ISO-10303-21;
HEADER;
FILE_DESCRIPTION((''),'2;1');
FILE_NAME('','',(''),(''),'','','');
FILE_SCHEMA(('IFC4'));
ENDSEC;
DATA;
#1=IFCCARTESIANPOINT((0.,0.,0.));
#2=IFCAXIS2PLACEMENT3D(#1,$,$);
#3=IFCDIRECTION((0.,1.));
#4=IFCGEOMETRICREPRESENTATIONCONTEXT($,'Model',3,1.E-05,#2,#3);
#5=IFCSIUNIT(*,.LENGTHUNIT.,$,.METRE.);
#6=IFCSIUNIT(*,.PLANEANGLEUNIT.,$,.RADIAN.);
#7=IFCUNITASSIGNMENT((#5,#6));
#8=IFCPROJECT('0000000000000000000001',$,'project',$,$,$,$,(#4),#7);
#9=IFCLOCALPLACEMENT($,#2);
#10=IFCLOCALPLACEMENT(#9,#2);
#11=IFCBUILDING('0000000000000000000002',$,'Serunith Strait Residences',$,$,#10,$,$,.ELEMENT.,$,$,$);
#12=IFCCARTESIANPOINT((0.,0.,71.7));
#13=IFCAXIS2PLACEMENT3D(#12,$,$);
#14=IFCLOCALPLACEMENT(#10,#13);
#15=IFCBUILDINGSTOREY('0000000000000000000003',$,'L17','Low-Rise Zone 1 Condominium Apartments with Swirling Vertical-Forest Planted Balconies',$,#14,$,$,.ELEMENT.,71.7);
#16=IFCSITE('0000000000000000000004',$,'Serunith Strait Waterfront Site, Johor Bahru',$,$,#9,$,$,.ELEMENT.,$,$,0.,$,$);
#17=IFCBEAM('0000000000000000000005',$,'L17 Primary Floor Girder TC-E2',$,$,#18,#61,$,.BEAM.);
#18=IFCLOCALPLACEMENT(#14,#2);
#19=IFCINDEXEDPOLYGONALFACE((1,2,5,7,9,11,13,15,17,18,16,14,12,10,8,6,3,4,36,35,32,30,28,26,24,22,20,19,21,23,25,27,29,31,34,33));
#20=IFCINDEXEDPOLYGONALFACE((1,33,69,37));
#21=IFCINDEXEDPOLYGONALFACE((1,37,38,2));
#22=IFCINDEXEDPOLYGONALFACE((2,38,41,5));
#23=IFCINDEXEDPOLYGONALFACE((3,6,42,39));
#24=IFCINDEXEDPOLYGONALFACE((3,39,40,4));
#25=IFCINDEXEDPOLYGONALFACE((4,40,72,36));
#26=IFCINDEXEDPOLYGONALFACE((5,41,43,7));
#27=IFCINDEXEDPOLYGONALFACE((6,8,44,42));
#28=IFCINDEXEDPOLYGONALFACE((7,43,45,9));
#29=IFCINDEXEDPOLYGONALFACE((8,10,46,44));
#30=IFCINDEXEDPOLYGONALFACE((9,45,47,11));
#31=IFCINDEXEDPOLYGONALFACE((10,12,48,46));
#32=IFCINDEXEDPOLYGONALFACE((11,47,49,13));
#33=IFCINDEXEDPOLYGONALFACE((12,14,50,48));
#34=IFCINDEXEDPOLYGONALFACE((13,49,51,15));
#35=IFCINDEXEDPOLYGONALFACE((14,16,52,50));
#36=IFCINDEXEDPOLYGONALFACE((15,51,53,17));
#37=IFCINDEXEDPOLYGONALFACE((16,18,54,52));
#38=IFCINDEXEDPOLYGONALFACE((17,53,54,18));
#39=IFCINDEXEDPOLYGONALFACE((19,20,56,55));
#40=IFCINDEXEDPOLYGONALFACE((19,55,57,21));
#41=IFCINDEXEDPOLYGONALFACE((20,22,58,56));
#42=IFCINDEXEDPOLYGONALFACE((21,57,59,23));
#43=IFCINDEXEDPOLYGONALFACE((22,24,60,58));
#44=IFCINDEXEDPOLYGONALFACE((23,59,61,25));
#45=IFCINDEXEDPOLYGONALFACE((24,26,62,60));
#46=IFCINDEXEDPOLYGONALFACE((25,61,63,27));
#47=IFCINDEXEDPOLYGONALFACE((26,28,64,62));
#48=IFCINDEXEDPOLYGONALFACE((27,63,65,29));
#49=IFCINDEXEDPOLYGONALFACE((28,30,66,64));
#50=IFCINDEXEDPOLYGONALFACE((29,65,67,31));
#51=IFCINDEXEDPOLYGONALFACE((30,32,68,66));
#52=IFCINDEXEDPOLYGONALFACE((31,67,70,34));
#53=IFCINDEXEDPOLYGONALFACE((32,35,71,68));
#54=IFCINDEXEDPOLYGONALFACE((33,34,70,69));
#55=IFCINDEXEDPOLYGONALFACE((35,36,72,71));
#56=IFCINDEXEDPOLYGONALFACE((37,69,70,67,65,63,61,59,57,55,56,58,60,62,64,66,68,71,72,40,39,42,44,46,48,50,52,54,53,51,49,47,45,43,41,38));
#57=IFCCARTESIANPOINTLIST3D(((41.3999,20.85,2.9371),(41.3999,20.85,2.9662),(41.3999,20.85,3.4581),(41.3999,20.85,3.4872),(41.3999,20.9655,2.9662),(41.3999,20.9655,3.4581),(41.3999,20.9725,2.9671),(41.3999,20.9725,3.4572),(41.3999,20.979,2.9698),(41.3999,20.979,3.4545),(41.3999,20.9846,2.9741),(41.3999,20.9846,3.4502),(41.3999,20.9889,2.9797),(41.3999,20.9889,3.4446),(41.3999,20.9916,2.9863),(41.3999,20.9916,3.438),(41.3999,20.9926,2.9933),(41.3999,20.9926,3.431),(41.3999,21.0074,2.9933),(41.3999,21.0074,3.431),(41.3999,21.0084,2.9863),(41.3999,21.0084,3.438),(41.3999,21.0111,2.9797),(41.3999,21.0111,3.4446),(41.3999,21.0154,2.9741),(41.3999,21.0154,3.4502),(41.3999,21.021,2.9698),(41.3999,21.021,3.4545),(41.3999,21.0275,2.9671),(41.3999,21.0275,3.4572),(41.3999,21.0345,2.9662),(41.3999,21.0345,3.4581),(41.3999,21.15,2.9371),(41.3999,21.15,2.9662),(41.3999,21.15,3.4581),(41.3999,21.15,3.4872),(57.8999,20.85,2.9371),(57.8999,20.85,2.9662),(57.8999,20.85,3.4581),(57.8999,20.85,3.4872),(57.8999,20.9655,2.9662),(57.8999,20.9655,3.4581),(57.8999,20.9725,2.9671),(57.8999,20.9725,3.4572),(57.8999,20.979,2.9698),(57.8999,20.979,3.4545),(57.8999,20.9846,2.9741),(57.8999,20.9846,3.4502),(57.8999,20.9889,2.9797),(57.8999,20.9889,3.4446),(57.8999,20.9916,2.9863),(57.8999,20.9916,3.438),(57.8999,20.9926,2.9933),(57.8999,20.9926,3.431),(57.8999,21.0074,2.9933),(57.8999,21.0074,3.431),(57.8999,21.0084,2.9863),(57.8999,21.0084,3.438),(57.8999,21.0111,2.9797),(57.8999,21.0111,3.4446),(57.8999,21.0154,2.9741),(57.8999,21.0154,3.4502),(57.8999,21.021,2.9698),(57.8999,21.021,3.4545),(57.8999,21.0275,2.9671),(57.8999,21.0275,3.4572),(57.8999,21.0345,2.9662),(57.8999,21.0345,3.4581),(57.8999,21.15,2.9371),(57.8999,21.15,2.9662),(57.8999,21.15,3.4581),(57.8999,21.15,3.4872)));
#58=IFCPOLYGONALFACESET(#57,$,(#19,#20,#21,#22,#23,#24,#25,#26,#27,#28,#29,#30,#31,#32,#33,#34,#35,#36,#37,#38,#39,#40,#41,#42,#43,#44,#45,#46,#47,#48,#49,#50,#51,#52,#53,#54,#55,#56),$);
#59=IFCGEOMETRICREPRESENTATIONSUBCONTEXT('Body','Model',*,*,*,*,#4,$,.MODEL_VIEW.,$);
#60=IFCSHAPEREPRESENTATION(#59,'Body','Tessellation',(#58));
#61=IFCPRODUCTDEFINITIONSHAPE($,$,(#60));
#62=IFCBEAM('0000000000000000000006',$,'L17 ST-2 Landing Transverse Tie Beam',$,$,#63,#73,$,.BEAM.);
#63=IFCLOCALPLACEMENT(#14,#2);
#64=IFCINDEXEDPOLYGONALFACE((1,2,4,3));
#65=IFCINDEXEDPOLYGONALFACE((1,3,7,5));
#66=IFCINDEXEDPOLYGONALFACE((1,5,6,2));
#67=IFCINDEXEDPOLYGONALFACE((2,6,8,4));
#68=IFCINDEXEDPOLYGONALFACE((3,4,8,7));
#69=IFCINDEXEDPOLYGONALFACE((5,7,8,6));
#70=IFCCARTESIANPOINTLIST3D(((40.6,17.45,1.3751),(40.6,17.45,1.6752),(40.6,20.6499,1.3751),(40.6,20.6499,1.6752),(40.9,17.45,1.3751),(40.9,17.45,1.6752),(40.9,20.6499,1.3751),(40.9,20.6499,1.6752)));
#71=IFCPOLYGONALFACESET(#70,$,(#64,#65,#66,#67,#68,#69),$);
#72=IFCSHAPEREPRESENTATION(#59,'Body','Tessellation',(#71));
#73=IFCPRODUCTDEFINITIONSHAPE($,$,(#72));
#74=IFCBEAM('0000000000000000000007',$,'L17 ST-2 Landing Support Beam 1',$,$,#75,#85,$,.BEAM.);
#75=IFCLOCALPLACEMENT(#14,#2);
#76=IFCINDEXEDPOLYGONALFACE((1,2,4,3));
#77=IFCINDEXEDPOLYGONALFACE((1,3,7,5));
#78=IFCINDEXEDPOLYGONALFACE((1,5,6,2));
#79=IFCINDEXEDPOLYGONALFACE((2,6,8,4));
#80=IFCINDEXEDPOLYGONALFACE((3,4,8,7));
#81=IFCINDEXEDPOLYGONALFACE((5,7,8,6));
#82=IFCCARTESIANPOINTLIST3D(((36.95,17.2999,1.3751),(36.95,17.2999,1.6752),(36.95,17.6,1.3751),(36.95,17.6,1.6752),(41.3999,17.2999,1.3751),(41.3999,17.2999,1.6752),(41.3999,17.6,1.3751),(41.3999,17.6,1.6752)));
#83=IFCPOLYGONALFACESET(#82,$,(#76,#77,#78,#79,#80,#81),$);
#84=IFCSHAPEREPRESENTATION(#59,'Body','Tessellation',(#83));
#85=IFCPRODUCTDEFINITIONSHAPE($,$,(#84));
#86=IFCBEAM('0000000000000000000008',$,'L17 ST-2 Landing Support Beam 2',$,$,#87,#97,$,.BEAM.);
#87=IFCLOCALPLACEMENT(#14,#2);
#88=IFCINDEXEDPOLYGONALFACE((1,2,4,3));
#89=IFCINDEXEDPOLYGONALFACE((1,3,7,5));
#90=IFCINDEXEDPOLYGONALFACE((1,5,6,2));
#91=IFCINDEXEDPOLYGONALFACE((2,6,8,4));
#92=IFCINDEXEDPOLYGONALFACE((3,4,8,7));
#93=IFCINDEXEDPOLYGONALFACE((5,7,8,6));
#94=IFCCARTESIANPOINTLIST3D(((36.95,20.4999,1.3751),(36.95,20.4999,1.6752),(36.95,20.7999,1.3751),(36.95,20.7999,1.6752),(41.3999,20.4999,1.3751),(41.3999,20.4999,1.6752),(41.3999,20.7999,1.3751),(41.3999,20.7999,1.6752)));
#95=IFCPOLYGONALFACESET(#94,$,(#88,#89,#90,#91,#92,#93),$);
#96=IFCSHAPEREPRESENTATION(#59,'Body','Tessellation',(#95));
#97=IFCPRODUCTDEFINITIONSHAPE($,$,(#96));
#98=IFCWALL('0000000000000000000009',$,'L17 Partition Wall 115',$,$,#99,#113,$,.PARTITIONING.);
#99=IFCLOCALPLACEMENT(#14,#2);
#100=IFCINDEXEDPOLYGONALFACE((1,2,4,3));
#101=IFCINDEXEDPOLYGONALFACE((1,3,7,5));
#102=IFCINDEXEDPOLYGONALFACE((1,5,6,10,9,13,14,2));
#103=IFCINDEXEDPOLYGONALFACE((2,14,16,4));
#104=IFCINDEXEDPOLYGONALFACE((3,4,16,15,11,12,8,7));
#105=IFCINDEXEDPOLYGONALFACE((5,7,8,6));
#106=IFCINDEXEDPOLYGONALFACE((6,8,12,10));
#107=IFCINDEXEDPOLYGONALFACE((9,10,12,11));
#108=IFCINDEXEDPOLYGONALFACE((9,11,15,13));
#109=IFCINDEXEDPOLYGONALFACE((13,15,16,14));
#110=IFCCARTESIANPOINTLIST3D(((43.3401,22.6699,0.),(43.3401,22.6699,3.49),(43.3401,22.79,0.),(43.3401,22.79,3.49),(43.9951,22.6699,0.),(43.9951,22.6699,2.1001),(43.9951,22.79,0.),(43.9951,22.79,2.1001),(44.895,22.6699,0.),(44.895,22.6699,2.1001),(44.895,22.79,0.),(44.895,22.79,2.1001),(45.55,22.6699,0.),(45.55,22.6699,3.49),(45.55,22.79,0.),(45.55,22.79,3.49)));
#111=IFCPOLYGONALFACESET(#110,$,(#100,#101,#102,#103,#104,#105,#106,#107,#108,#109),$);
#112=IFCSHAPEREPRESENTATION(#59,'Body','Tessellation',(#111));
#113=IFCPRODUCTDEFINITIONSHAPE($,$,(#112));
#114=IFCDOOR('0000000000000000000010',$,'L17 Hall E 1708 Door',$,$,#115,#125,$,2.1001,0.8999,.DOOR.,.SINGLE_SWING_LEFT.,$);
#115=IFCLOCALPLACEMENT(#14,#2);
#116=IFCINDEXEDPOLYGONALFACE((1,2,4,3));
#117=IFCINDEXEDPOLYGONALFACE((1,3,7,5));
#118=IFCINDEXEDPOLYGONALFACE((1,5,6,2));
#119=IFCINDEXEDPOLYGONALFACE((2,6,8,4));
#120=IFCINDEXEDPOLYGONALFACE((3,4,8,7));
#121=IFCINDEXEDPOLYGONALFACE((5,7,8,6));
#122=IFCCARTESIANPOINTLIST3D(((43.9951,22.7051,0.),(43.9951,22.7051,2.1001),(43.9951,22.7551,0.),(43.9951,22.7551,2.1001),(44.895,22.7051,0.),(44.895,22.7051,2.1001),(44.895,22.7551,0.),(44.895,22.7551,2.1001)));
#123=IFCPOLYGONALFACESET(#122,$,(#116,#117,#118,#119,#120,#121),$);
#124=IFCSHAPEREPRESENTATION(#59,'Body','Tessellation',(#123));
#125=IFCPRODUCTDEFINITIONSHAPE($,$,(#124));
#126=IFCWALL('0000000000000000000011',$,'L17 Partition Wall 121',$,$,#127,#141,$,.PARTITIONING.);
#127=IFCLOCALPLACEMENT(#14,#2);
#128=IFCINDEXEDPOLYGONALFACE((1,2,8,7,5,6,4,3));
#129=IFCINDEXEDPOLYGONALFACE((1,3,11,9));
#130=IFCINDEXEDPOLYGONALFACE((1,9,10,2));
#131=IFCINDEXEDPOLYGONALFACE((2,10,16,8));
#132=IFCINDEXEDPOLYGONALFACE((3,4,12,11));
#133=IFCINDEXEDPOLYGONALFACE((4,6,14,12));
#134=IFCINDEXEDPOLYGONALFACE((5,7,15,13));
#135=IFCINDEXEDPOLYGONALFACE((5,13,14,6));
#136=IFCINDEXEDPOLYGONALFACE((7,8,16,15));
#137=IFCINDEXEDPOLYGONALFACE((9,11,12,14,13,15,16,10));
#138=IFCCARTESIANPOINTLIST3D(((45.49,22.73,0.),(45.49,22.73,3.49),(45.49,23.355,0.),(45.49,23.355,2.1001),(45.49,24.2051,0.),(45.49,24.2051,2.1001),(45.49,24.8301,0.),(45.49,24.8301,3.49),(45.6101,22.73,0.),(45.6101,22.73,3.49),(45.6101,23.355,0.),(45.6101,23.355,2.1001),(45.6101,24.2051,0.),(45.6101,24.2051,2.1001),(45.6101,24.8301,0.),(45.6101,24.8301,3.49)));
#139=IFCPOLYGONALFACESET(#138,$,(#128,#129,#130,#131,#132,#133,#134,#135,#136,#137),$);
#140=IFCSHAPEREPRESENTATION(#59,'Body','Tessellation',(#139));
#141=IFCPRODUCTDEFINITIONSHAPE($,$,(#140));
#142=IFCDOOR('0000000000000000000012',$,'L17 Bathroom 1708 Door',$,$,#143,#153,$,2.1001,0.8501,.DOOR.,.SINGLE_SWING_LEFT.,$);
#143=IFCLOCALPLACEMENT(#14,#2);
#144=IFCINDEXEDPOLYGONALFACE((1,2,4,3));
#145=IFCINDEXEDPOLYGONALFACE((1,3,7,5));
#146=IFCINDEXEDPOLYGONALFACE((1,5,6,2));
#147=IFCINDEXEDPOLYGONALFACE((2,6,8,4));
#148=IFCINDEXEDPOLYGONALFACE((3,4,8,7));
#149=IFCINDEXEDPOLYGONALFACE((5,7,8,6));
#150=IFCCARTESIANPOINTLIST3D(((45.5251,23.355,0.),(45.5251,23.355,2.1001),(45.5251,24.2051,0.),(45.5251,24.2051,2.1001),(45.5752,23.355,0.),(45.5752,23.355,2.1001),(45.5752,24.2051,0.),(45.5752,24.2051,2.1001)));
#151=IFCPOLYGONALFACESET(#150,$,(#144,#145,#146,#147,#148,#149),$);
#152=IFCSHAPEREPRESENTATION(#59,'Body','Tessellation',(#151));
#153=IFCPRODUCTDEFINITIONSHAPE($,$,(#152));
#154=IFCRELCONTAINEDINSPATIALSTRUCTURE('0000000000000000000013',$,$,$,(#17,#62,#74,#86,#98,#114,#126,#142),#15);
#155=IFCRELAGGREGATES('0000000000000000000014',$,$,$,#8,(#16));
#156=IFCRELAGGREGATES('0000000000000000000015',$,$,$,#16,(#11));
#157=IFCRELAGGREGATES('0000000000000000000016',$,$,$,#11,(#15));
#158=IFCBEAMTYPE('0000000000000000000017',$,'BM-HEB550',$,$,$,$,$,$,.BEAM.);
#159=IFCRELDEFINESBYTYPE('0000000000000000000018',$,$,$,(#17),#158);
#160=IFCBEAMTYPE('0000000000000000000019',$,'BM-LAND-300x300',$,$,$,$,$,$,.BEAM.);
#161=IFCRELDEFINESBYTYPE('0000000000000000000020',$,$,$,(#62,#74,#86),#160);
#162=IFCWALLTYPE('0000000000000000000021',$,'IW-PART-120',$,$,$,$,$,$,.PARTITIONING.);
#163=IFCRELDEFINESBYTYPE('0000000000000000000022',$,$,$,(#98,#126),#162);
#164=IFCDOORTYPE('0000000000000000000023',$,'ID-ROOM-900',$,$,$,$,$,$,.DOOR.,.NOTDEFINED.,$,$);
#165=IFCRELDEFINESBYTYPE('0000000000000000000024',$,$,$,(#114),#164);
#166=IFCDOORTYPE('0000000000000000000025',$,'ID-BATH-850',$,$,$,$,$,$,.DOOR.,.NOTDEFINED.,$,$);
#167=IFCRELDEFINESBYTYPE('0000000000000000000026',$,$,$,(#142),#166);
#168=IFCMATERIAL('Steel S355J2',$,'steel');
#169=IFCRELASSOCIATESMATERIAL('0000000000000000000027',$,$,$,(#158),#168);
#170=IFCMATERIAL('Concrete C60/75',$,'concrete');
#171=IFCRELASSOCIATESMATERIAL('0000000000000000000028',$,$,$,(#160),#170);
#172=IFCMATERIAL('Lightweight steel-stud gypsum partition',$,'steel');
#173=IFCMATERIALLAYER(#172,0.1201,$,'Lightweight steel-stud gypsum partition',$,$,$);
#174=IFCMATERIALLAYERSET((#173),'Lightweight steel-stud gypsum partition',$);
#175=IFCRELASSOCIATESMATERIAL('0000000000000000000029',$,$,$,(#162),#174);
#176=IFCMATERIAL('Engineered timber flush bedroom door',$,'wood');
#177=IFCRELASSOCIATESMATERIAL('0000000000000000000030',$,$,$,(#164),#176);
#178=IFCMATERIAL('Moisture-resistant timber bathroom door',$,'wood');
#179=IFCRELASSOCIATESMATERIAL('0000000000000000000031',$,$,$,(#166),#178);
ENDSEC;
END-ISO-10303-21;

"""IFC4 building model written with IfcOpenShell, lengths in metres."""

from ifc_helpers import new_model, si_unit, direction, frame, frame_2d, origin, origin_2d, place, context, subcontext, project, spatial, rectangle, i_section, extrude, source, transform, mapped, material, layer, layer_set, material_profile, profile_set, type_object, element, fill, save


model = new_model("IFC4")

# Units and contexts
model_context = context("Model", 3, precision=1e-05, world=origin(), true_north=direction((0.0, 1.0)))
body_context = subcontext(model_context, "Body", "Model", "MODEL_VIEW")
ifc_project = project(units=[si_unit("LENGTHUNIT", "METRE"), si_unit("PLANEANGLEUNIT", "RADIAN")], contexts=[model_context])

# Site, building, storey
site_placement = place(None, origin())
site = spatial("IfcSite", under=ifc_project, at=site_placement, Name="Serunith Strait Waterfront Site, Johor Bahru", CompositionType="ELEMENT", RefElevation=0.0)
building_placement = place(site_placement, origin())
building = spatial("IfcBuilding", under=site, at=building_placement, Name="Serunith Strait Residences", CompositionType="ELEMENT")
storey_placement = place(building_placement, frame((0.0, 0.0, 71.7)))
storey = spatial("IfcBuildingStorey", under=building, at=storey_placement, Name="L17", Description="Low-Rise Zone 1 Condominium Apartments with Swirling Vertical-Forest Planted Balconies", CompositionType="ELEMENT", Elevation=71.7)

# Beams
ifc_material_1 = material(Name="Steel S355J2", Category="steel")
ifc_material_profile_1 = material_profile(ifc_material_1, i_section(OverallWidth=0.3, OverallDepth=0.55, WebThickness=0.0149, FlangeThickness=0.0291, FilletRadius=0.0271, at=origin_2d()), Name="HEB 550")
ifc_profile_set_1 = profile_set([ifc_material_profile_1], Name="Steel S355J2")
beam_type_1 = type_object("IfcBeamType", Name="BM-HEB550", PredefinedType="BEAM", material=ifc_profile_set_1)
shared_shape_1 = source(origin(), body_context, "Body", "SweptSolid", [
    extrude(i_section(OverallWidth=0.3, OverallDepth=0.55, WebThickness=0.0149, FlangeThickness=0.0291, FilletRadius=0.0271, at=origin_2d()), origin(), (0.0, 0.0, 1.0), 16.5),
])
beam_1_placement = place(storey_placement, frame((41.3999, 21.0, 3.2122), z_axis=(1.0, 0.0, 0.0), x_axis=(0.0, 1.0, 0.0)))
element("IfcBeam", 1, at=beam_1_placement, inside=storey, type_object=beam_type_1, Name="L17 Primary Floor Girder TC-E2", PredefinedType="BEAM", context=body_context, shape_type="MappedRepresentation", body=[
    mapped(shared_shape_1, transform((0.0, 0.0, 0.0), scale=1.0)),
])
ifc_material_2 = material(Name="Concrete C60/75", Category="concrete")
ifc_material_profile_2 = material_profile(ifc_material_2, rectangle(XDim=0.3, YDim=0.3, at=origin_2d()), Name="RC 300x300")
ifc_profile_set_2 = profile_set([ifc_material_profile_2], Name="Concrete C60/75")
beam_type_2 = type_object("IfcBeamType", Name="BM-LAND-300x300", PredefinedType="BEAM", material=ifc_profile_set_2)
shared_shape_2 = source(origin(), body_context, "Body", "SweptSolid", [
    extrude(rectangle(XDim=0.3, YDim=0.3, at=origin_2d()), origin(), (0.0, 0.0, 1.0), 3.2),
])
beam_2_placement = place(storey_placement, frame((40.75, 17.45, 1.5251), z_axis=(0.0, 1.0, 0.0), x_axis=(-1.0, 0.0, 0.0)))
element("IfcBeam", 2, at=beam_2_placement, inside=storey, type_object=beam_type_2, Name="L17 ST-2 Landing Transverse Tie Beam", PredefinedType="BEAM", context=body_context, shape_type="MappedRepresentation", body=[
    mapped(shared_shape_2, transform((0.0, 0.0, 0.0), scale=1.0)),
])
shared_shape_3 = source(origin(), body_context, "Body", "SweptSolid", [
    extrude(rectangle(XDim=0.3, YDim=0.3, at=origin_2d()), origin(), (0.0, 0.0, 1.0), 4.45),
])
for number, where, z_axis, x_axis, name in (
    (3, (36.95, 17.45, 1.5251), (1.0, 0.0, 0.0), (0.0, 1.0, 0.0), "L17 ST-2 Landing Support Beam 1"),
    (4, (36.95, 20.6499, 1.5251), (1.0, 0.0, 0.0), (0.0, 1.0, 0.0), "L17 ST-2 Landing Support Beam 2"),
):
    element("IfcBeam", number, at=place(storey_placement, frame(where, z_axis=z_axis, x_axis=x_axis)), inside=storey, type_object=beam_type_2, Name=name, PredefinedType="BEAM", context=body_context, shape_type="MappedRepresentation", body=[
        mapped(shared_shape_3, transform((0.0, 0.0, 0.0), scale=1.0)),
    ])

# Walls, openings, doors
ifc_material_3 = material(Name="Lightweight steel-stud gypsum partition", Category="steel")
ifc_layer_1 = layer(ifc_material_3, 0.1201, Name="Lightweight steel-stud gypsum partition")
ifc_layer_set_1 = layer_set([ifc_layer_1], Name="Lightweight steel-stud gypsum partition")
wall_type_1 = type_object("IfcWallType", Name="IW-PART-120", PredefinedType="PARTITIONING", material=ifc_layer_set_1)
wall_1_placement = place(storey_placement, frame((45.55, 22.73, 0.0), z_axis=(0.0, 0.0, 1.0), x_axis=(-1.0, 0.0, 0.0)))
wall_1 = element("IfcWall", 5, at=wall_1_placement, inside=storey, type_object=wall_type_1, Name="L17 Partition Wall 115", PredefinedType="PARTITIONING", context=body_context, shape_type="SweptSolid", body=[
    extrude(rectangle(XDim=2.21, YDim=0.1201, at=frame_2d((1.105, 0.0))), origin(), (0.0, 0.0, 1.0), 3.49),
])
opening_1_placement = place(wall_1_placement, frame((0.655, 0.0, 0.0)))
opening_1 = element("IfcOpeningElement", 6, at=opening_1_placement, cuts=wall_1, PredefinedType="OPENING", context=body_context, shape_type="SweptSolid", body=[
    extrude(rectangle(XDim=0.8999, YDim=2.1001, at=frame_2d((0.45, 1.05))), frame((0.0, 0.0701, 0.0), z_axis=(0.0, -1.0, 0.0), x_axis=(1.0, 0.0, 0.0)), (0.0, 0.0, 1.0), 0.1401),
])
ifc_material_4 = material(Name="Engineered timber flush bedroom door", Category="wood")
door_type_1 = type_object("IfcDoorType", Name="ID-ROOM-900", OperationType="NOTDEFINED", PredefinedType="DOOR", material=ifc_material_4)
shared_shape_4 = source(origin(), body_context, "Body", "SweptSolid", [
    extrude(rectangle(XDim=0.8999, YDim=2.1001, at=frame_2d((0.45, 1.05))), frame((0.0, 0.0249, 0.0), z_axis=(0.0, -1.0, 0.0), x_axis=(1.0, 0.0, 0.0)), (0.0, 0.0, 1.0), 0.05),
])
door_1_placement = place(opening_1_placement, origin())
door_1 = element("IfcDoor", 7, at=door_1_placement, inside=storey, type_object=door_type_1, Name="L17 Hall E 1708 Door", OperationType="SINGLE_SWING_LEFT", OverallHeight=2.1001, OverallWidth=0.8999, PredefinedType="DOOR", context=body_context, shape_type="MappedRepresentation", body=[
    mapped(shared_shape_4, transform((0.0, 0.0, 0.0), scale=1.0)),
])
fill(opening_1, door_1)
wall_2_placement = place(storey_placement, frame((45.55, 22.73, 0.0), z_axis=(0.0, 0.0, 1.0), x_axis=(0.0, 1.0, 0.0)))
wall_2 = element("IfcWall", 8, at=wall_2_placement, inside=storey, type_object=wall_type_1, Name="L17 Partition Wall 121", PredefinedType="PARTITIONING", context=body_context, shape_type="SweptSolid", body=[
    extrude(rectangle(XDim=2.1001, YDim=0.1201, at=frame_2d((1.05, 0.0))), origin(), (0.0, 0.0, 1.0), 3.49),
])
opening_2_placement = place(wall_2_placement, frame((0.625, 0.0, 0.0)))
opening_2 = element("IfcOpeningElement", 9, at=opening_2_placement, cuts=wall_2, PredefinedType="OPENING", context=body_context, shape_type="SweptSolid", body=[
    extrude(rectangle(XDim=0.8501, YDim=2.1001, at=frame_2d((0.425, 1.05))), frame((0.0, 0.0701, 0.0), z_axis=(0.0, -1.0, 0.0), x_axis=(1.0, 0.0, 0.0)), (0.0, 0.0, 1.0), 0.1401),
])
ifc_material_5 = material(Name="Moisture-resistant timber bathroom door", Category="wood")
door_type_2 = type_object("IfcDoorType", Name="ID-BATH-850", OperationType="NOTDEFINED", PredefinedType="DOOR", material=ifc_material_5)
shared_shape_5 = source(origin(), body_context, "Body", "SweptSolid", [
    extrude(rectangle(XDim=0.8501, YDim=2.1001, at=frame_2d((0.425, 1.05))), frame((0.0, 0.0249, 0.0), z_axis=(0.0, -1.0, 0.0), x_axis=(1.0, 0.0, 0.0)), (0.0, 0.0, 1.0), 0.05),
])
door_2_placement = place(opening_2_placement, origin())
door_2 = element("IfcDoor", 10, at=door_2_placement, inside=storey, type_object=door_type_2, Name="L17 Bathroom 1708 Door", OperationType="SINGLE_SWING_LEFT", OverallHeight=2.1001, OverallWidth=0.8501, PredefinedType="DOOR", context=body_context, shape_type="MappedRepresentation", body=[
    mapped(shared_shape_5, transform((0.0, 0.0, 0.0), scale=1.0)),
])
fill(opening_2, door_2)

save(model, "model.ifc")
